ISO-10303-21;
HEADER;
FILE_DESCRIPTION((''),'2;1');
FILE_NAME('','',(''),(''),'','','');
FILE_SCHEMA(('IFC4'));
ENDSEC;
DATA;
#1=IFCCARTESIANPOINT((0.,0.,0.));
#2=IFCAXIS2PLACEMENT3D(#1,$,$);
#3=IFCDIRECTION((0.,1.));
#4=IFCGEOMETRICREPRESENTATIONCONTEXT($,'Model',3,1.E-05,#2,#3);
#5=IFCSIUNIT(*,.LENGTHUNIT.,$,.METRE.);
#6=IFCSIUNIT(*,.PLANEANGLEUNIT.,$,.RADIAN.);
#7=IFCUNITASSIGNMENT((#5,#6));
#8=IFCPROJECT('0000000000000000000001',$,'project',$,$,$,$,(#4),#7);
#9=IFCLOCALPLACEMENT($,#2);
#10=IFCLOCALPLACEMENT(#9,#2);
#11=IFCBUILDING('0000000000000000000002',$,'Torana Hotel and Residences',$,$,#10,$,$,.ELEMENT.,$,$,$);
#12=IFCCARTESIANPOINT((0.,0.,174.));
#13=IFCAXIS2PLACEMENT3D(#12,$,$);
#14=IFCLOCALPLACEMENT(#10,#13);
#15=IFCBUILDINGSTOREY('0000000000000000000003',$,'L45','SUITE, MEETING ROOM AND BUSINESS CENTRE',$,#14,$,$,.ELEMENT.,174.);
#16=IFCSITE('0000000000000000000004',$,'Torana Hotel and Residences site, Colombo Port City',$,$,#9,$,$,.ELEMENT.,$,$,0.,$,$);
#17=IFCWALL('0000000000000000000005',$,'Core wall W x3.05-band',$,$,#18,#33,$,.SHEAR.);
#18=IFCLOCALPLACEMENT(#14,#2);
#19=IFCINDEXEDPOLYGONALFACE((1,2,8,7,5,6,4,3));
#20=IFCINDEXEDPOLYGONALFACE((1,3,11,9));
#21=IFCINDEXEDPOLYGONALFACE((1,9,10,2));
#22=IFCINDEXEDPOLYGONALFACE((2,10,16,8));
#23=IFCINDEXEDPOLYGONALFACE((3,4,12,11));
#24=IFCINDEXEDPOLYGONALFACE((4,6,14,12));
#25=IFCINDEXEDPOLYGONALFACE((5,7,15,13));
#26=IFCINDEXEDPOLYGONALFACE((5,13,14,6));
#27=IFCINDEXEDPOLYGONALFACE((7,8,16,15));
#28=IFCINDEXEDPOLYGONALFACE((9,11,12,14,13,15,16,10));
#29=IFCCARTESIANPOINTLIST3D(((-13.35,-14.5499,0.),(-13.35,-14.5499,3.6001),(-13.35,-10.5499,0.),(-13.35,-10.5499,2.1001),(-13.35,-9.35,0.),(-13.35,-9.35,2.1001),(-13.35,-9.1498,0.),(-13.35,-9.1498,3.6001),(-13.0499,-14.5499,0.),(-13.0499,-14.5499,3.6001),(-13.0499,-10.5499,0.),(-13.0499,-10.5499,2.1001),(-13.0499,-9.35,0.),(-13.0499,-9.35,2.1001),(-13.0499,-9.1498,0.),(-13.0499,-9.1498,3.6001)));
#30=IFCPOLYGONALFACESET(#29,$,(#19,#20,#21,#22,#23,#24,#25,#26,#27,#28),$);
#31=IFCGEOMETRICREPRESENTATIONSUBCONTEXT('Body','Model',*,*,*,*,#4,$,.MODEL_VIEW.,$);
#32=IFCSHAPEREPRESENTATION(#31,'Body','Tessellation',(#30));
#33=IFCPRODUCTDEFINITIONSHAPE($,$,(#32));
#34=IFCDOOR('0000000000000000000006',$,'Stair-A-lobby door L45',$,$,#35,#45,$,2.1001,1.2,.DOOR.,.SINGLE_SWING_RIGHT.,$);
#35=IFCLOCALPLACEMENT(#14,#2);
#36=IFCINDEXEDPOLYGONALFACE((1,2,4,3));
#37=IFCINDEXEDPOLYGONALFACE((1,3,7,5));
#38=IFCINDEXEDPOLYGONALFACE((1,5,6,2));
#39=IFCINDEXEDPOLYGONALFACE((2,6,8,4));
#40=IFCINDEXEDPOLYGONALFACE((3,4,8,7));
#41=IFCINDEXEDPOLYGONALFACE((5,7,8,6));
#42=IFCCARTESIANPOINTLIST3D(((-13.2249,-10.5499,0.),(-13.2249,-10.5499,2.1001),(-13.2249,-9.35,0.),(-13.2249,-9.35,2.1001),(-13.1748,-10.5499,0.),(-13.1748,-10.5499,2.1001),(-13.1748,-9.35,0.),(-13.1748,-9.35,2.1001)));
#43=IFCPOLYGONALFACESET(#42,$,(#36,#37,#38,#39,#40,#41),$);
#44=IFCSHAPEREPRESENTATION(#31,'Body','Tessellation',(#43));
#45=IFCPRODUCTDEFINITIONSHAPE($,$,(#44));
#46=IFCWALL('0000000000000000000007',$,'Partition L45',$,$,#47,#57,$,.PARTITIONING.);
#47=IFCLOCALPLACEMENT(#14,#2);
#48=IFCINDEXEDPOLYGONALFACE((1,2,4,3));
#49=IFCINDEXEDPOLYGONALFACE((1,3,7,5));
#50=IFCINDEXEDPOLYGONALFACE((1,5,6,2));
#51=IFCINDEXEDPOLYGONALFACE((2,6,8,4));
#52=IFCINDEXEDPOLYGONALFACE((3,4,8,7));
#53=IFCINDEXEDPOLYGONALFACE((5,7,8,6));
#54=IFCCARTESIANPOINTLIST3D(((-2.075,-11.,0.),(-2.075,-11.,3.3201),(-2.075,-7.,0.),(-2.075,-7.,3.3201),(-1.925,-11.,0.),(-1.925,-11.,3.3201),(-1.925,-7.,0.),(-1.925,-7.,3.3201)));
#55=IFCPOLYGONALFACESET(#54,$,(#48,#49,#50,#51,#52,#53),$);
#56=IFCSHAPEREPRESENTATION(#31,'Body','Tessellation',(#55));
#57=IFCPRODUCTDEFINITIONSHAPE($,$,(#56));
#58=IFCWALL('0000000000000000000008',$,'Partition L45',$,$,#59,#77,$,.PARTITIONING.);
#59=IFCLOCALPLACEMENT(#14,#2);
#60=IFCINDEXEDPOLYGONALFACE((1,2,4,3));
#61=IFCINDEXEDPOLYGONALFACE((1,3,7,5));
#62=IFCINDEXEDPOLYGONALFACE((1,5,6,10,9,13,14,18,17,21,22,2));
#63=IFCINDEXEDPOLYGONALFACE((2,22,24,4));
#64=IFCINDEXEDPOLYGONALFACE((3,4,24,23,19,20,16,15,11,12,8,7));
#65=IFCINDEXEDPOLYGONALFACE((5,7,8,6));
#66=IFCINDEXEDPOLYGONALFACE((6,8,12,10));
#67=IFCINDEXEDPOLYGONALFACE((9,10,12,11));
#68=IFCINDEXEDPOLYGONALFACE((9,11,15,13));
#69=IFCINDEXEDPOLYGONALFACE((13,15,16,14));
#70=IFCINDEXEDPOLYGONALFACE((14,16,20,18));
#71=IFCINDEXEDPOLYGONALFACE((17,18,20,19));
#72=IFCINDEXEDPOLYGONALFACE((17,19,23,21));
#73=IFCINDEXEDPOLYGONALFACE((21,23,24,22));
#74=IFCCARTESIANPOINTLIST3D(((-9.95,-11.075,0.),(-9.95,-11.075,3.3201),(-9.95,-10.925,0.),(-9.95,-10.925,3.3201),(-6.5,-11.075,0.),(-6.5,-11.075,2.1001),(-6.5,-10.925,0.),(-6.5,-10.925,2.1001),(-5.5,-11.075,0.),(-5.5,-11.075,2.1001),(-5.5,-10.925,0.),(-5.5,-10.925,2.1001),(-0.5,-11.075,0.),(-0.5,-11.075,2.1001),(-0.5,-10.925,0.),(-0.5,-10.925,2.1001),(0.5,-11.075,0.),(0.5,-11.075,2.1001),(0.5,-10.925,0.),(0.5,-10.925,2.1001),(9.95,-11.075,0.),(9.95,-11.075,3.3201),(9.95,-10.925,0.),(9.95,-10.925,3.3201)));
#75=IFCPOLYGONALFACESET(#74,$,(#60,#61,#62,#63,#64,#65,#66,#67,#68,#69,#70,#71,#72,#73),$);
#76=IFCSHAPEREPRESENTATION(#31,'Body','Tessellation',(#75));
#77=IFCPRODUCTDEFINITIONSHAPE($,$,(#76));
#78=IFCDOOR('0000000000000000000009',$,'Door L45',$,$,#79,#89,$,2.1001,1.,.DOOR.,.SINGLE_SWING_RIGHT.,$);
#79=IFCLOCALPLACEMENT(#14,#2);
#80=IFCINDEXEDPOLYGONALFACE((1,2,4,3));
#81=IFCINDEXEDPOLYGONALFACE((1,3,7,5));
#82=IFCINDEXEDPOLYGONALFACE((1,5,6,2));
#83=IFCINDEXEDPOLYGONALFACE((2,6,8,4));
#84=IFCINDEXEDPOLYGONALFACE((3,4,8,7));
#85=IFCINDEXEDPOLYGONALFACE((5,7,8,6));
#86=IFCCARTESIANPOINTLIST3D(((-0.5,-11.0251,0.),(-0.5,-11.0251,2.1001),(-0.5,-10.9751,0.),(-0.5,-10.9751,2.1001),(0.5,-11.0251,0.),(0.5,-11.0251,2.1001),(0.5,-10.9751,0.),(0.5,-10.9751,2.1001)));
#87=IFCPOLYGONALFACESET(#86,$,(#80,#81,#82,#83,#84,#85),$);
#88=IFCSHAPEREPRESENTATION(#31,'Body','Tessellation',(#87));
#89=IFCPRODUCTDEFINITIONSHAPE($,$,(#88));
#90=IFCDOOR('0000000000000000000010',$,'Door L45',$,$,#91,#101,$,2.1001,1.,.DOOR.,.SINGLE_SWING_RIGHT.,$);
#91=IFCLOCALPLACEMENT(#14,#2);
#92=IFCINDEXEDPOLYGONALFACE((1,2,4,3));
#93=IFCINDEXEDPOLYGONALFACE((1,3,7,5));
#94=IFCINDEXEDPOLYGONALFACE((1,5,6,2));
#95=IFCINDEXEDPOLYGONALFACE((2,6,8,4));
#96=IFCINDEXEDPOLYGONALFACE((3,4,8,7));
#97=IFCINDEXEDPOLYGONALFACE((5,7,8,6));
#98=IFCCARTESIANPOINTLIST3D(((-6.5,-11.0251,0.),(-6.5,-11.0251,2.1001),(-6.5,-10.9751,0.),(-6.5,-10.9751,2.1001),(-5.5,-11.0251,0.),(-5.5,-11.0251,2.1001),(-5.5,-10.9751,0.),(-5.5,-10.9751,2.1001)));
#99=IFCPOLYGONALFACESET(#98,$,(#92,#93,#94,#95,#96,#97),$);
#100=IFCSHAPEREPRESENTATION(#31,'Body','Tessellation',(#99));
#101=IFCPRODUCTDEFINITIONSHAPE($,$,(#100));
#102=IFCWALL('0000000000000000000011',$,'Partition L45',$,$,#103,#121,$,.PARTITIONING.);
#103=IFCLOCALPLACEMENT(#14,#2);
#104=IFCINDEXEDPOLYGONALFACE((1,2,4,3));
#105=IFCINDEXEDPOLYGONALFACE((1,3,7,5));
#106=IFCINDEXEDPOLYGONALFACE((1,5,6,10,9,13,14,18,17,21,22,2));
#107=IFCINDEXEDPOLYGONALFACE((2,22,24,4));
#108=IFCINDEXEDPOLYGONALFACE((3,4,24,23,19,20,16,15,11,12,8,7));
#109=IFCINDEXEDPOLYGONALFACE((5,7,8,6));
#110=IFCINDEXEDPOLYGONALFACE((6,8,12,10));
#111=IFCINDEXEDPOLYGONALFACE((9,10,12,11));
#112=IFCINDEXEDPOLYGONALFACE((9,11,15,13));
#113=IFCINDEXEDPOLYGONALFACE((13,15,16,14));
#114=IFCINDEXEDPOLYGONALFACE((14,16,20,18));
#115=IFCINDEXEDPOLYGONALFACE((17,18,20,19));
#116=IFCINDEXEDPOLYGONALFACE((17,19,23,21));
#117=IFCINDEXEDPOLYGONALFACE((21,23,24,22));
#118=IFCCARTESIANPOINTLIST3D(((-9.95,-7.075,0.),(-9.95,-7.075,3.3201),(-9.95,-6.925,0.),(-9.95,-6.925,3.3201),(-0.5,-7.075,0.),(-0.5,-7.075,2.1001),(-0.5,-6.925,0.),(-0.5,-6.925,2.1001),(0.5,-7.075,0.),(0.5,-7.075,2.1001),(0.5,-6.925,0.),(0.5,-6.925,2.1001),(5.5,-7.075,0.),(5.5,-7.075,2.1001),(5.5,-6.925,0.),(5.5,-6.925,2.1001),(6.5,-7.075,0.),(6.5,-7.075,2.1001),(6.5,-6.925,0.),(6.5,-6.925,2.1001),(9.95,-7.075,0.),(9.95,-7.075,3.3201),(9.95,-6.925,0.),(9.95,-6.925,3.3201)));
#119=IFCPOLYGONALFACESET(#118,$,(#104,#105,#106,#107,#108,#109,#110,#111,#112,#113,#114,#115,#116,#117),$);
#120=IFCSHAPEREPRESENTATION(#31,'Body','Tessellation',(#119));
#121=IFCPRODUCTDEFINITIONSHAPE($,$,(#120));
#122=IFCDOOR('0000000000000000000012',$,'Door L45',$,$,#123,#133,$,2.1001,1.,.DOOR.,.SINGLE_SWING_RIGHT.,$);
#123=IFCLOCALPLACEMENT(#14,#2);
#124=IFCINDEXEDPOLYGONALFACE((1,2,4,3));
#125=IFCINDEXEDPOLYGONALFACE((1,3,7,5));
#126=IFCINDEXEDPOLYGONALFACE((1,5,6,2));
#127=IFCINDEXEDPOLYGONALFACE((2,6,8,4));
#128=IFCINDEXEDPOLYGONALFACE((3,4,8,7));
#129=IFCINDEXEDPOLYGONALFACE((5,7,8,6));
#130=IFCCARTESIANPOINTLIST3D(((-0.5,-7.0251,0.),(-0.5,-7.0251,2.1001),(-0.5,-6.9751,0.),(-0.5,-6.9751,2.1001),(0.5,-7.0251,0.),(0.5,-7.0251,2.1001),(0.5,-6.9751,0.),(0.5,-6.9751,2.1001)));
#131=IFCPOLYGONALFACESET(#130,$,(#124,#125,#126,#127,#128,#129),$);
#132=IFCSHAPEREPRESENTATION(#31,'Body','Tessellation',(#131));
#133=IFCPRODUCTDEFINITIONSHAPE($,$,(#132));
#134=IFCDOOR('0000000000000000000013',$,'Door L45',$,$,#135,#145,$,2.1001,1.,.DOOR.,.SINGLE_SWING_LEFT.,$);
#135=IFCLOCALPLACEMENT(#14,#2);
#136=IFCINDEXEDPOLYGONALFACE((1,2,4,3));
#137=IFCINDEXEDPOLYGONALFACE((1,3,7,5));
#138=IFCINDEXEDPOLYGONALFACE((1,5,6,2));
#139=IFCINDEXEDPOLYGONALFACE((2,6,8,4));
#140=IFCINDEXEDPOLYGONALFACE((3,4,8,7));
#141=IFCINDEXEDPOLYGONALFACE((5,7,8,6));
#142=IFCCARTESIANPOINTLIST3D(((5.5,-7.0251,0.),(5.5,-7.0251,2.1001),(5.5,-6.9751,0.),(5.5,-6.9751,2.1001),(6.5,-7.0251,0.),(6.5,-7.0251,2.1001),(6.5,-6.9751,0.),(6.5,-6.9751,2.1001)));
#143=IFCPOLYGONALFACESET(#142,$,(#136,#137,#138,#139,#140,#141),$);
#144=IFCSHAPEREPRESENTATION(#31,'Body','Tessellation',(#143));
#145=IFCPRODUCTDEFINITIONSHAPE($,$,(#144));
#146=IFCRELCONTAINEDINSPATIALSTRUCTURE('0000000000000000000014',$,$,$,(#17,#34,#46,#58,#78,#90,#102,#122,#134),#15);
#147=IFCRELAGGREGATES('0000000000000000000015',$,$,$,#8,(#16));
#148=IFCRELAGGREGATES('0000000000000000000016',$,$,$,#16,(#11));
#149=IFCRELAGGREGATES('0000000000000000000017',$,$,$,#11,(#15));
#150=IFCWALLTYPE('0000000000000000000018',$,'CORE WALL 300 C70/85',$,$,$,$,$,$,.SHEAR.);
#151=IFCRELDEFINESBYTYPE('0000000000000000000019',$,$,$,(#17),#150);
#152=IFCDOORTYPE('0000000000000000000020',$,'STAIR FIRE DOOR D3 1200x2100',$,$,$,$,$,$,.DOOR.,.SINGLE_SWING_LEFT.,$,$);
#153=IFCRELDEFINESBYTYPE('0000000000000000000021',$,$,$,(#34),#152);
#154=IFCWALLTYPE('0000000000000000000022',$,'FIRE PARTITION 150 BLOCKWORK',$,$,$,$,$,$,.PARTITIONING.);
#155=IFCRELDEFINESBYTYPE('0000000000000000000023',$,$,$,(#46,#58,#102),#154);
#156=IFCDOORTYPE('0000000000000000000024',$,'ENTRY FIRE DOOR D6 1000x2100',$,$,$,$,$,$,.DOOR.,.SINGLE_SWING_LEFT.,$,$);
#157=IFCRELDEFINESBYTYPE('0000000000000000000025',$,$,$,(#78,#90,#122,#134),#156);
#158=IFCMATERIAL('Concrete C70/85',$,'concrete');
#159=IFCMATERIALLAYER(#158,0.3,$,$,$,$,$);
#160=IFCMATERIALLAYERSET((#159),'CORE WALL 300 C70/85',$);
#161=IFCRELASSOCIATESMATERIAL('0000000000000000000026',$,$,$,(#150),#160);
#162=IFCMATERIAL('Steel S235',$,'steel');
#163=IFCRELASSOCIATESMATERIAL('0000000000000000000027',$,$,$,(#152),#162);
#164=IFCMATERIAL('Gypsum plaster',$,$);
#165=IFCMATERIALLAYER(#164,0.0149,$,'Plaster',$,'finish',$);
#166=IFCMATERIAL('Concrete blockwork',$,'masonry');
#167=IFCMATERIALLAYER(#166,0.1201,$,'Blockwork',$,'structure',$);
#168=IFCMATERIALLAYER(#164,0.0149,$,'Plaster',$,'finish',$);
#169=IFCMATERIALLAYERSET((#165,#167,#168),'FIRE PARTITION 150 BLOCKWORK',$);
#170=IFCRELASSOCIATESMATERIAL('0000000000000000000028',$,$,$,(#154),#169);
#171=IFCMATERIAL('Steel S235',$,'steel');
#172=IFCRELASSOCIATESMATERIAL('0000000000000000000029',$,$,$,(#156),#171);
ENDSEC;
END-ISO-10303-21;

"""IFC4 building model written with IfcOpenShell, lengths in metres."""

from ifc_helpers import new_model, si_unit, direction, frame, frame_2d, origin, place, context, subcontext, project, spatial, rectangle, extrude, material, layer, layer_set, type_object, element, fill, save


model = new_model("IFC4")

# Units and contexts
model_context = context("Model", 3, precision=1e-05, world=origin(), true_north=direction((0.0, 1.0)))
body_context = subcontext(model_context, "Body", "Model", "MODEL_VIEW")
ifc_project = project(units=[si_unit("LENGTHUNIT", "METRE"), si_unit("PLANEANGLEUNIT", "RADIAN")], contexts=[model_context])

# Site, building, storey
site_placement = place(None, origin())
site = spatial("IfcSite", under=ifc_project, at=site_placement, Name="Torana Hotel and Residences site, Colombo Port City", CompositionType="ELEMENT", RefElevation=0.0)
building_placement = place(site_placement, origin())
building = spatial("IfcBuilding", under=site, at=building_placement, Name="Torana Hotel and Residences", CompositionType="ELEMENT")
storey_placement = place(building_placement, frame((0.0, 0.0, 174.0)))
storey = spatial("IfcBuildingStorey", under=building, at=storey_placement, Name="L45", Description="SUITE, MEETING ROOM AND BUSINESS CENTRE", CompositionType="ELEMENT", Elevation=174.0)

# Shared definitions
ifc_material_1 = material(Name="Concrete C70/85", Category="concrete")
ifc_layer_1 = layer(ifc_material_1, 0.3)
ifc_layer_set_1 = layer_set([ifc_layer_1], Name="CORE WALL 300 C70/85")
wall_type_1 = type_object("IfcWallType", Name="CORE WALL 300 C70/85", PredefinedType="SHEAR", material=ifc_layer_set_1)

# Wall, opening, door
wall_1_placement = place(storey_placement, frame((-13.2, -14.55, 0.0), z_axis=(0.0, 0.0, 1.0), x_axis=(0.0, 1.0, 0.0)))
wall_1 = element("IfcWall", 1, at=wall_1_placement, inside=storey, type_object=wall_type_1, Name="Core wall W x3.05-band", PredefinedType="SHEAR", context=body_context, shape_type="SweptSolid", body=[
    extrude(rectangle(XDim=5.4001, YDim=0.3, at=frame_2d((2.7002, 0.0))), origin(), (0.0, 0.0, 1.0), 3.6001),
])
opening_1_placement = place(wall_1_placement, frame((4.0, 0.0, 0.0)))
opening_1 = element("IfcOpeningElement", 2, at=opening_1_placement, cuts=wall_1, PredefinedType="OPENING", context=body_context, shape_type="SweptSolid", body=[
    extrude(rectangle(XDim=1.2, YDim=2.1001, at=frame_2d((0.6001, 1.05))), frame((0.0, 0.1599, 0.0), z_axis=(0.0, -1.0, 0.0), x_axis=(1.0, 0.0, 0.0)), (0.0, 0.0, 1.0), 0.3201),
])
ifc_material_2 = material(Name="Steel S235", Category="steel")
door_type_1 = type_object("IfcDoorType", Name="STAIR FIRE DOOR D3 1200x2100", OperationType="SINGLE_SWING_LEFT", PredefinedType="DOOR", material=ifc_material_2)
door_1_placement = place(opening_1_placement, frame((0.6001, 0.0, 0.0), z_axis=(0.0, 0.0, 1.0), x_axis=(-1.0, 0.0, 0.0)))
door_1 = element("IfcDoor", 3, at=door_1_placement, inside=storey, type_object=door_type_1, Name="Stair-A-lobby door L45", OperationType="SINGLE_SWING_RIGHT", OverallHeight=2.1001, OverallWidth=1.2, PredefinedType="DOOR", context=body_context, shape_type="SweptSolid", body=[
    extrude(rectangle(XDim=1.2, YDim=2.1001, at=frame_2d((0.0, 1.05))), frame((0.0, -0.0249, 0.0), z_axis=(0.0, 1.0, 0.0), x_axis=(-1.0, 0.0, 0.0)), (0.0, 0.0, 1.0), 0.05),
])
fill(opening_1, door_1)

# Wall
ifc_material_3 = material(Name="Gypsum plaster")
ifc_layer_2 = layer(ifc_material_3, 0.0149, Name="Plaster", Category="finish")
ifc_material_4 = material(Name="Concrete blockwork", Category="masonry")
ifc_layer_3 = layer(ifc_material_4, 0.1201, Name="Blockwork", Category="structure")
ifc_layer_4 = layer(ifc_material_3, 0.0149, Name="Plaster", Category="finish")
ifc_layer_set_2 = layer_set([ifc_layer_2, ifc_layer_3, ifc_layer_4], Name="FIRE PARTITION 150 BLOCKWORK")
wall_type_2 = type_object("IfcWallType", Name="FIRE PARTITION 150 BLOCKWORK", PredefinedType="PARTITIONING", material=ifc_layer_set_2)
wall_2_placement = place(storey_placement, frame((-2.0, -11.0, 0.0), z_axis=(0.0, 0.0, 1.0), x_axis=(0.0, 1.0, 0.0)))
element("IfcWall", 4, at=wall_2_placement, inside=storey, type_object=wall_type_2, Name="Partition L45", PredefinedType="PARTITIONING", context=body_context, shape_type="SweptSolid", body=[
    extrude(rectangle(XDim=4.0, YDim=0.1499, at=frame_2d((2.0, 0.0))), origin(), (0.0, 0.0, 1.0), 3.3201),
])

# Walls, openings, doors
wall_3_placement = place(storey_placement, frame((-9.95, -11.0, 0.0), z_axis=(0.0, 0.0, 1.0), x_axis=(1.0, 0.0, 0.0)))
wall_3 = element("IfcWall", 5, at=wall_3_placement, inside=storey, type_object=wall_type_2, Name="Partition L45", PredefinedType="PARTITIONING", context=body_context, shape_type="SweptSolid", body=[
    extrude(rectangle(XDim=19.8999, YDim=0.1499, at=frame_2d((9.95, 0.0))), origin(), (0.0, 0.0, 1.0), 3.3201),
])
opening_2_placement = place(wall_3_placement, frame((9.45, 0.0, 0.0)))
opening_2 = element("IfcOpeningElement", 6, at=opening_2_placement, cuts=wall_3, PredefinedType="OPENING", context=body_context, shape_type="SweptSolid", body=[
    extrude(rectangle(XDim=1.0, YDim=2.1001, at=frame_2d((0.5, 1.05))), frame((0.0, 0.085, 0.0), z_axis=(0.0, -1.0, 0.0), x_axis=(1.0, 0.0, 0.0)), (0.0, 0.0, 1.0), 0.1699),
])
opening_3_placement = place(wall_3_placement, frame((3.45, 0.0, 0.0)))
opening_3 = element("IfcOpeningElement", 7, at=opening_3_placement, cuts=wall_3, PredefinedType="OPENING", context=body_context, shape_type="SweptSolid", body=[
    extrude(rectangle(XDim=1.0, YDim=2.1001, at=frame_2d((0.5, 1.05))), frame((0.0, 0.085, 0.0), z_axis=(0.0, -1.0, 0.0), x_axis=(1.0, 0.0, 0.0)), (0.0, 0.0, 1.0), 0.1699),
])
ifc_material_5 = material(Name="Steel S235", Category="steel")
door_type_2 = type_object("IfcDoorType", Name="ENTRY FIRE DOOR D6 1000x2100", OperationType="SINGLE_SWING_LEFT", PredefinedType="DOOR", material=ifc_material_5)
door_2_placement = place(opening_2_placement, origin())
door_2 = element("IfcDoor", 8, at=door_2_placement, inside=storey, type_object=door_type_2, Name="Door L45", OperationType="SINGLE_SWING_RIGHT", OverallHeight=2.1001, OverallWidth=1.0, PredefinedType="DOOR", context=body_context, shape_type="SweptSolid", body=[
    extrude(rectangle(XDim=1.0, YDim=2.1001, at=frame_2d((0.5, 1.05))), frame((0.0, 0.0249, 0.0), z_axis=(0.0, -1.0, 0.0), x_axis=(1.0, 0.0, 0.0)), (0.0, 0.0, 1.0), 0.05),
])
fill(opening_2, door_2)
door_3_placement = place(opening_3_placement, origin())
door_3 = element("IfcDoor", 9, at=door_3_placement, inside=storey, type_object=door_type_2, Name="Door L45", OperationType="SINGLE_SWING_RIGHT", OverallHeight=2.1001, OverallWidth=1.0, PredefinedType="DOOR", context=body_context, shape_type="SweptSolid", body=[
    extrude(rectangle(XDim=1.0, YDim=2.1001, at=frame_2d((0.5, 1.05))), frame((0.0, 0.0249, 0.0), z_axis=(0.0, -1.0, 0.0), x_axis=(1.0, 0.0, 0.0)), (0.0, 0.0, 1.0), 0.05),
])
fill(opening_3, door_3)
wall_4_placement = place(storey_placement, frame((-9.95, -7.0, 0.0), z_axis=(0.0, 0.0, 1.0), x_axis=(1.0, 0.0, 0.0)))
wall_4 = element("IfcWall", 10, at=wall_4_placement, inside=storey, type_object=wall_type_2, Name="Partition L45", PredefinedType="PARTITIONING", context=body_context, shape_type="SweptSolid", body=[
    extrude(rectangle(XDim=19.8999, YDim=0.1499, at=frame_2d((9.95, 0.0))), origin(), (0.0, 0.0, 1.0), 3.3201),
])
opening_4_placement = place(wall_4_placement, frame((9.45, 0.0, 0.0)))
opening_4 = element("IfcOpeningElement", 11, at=opening_4_placement, cuts=wall_4, PredefinedType="OPENING", context=body_context, shape_type="SweptSolid", body=[
    extrude(rectangle(XDim=1.0, YDim=2.1001, at=frame_2d((0.5, 1.05))), frame((0.0, 0.085, 0.0), z_axis=(0.0, -1.0, 0.0), x_axis=(1.0, 0.0, 0.0)), (0.0, 0.0, 1.0), 0.1699),
])
opening_5_placement = place(wall_4_placement, frame((15.45, 0.0, 0.0)))
opening_5 = element("IfcOpeningElement", 12, at=opening_5_placement, cuts=wall_4, PredefinedType="OPENING", context=body_context, shape_type="SweptSolid", body=[
    extrude(rectangle(XDim=1.0, YDim=2.1001, at=frame_2d((0.5, 1.05))), frame((0.0, 0.085, 0.0), z_axis=(0.0, -1.0, 0.0), x_axis=(1.0, 0.0, 0.0)), (0.0, 0.0, 1.0), 0.1699),
])
door_4_placement = place(opening_4_placement, origin())
door_4 = element("IfcDoor", 13, at=door_4_placement, inside=storey, type_object=door_type_2, Name="Door L45", OperationType="SINGLE_SWING_RIGHT", OverallHeight=2.1001, OverallWidth=1.0, PredefinedType="DOOR", context=body_context, shape_type="SweptSolid", body=[
    extrude(rectangle(XDim=1.0, YDim=2.1001, at=frame_2d((0.5, 1.05))), frame((0.0, 0.0249, 0.0), z_axis=(0.0, -1.0, 0.0), x_axis=(1.0, 0.0, 0.0)), (0.0, 0.0, 1.0), 0.05),
])
fill(opening_4, door_4)
door_5_placement = place(opening_5_placement, frame((0.5, 0.0, 0.0), z_axis=(0.0, 0.0, 1.0), x_axis=(-1.0, 0.0, 0.0)))
door_5 = element("IfcDoor", 14, at=door_5_placement, inside=storey, type_object=door_type_2, Name="Door L45", OperationType="SINGLE_SWING_LEFT", OverallHeight=2.1001, OverallWidth=1.0, PredefinedType="DOOR", context=body_context, shape_type="SweptSolid", body=[
    extrude(rectangle(XDim=1.0, YDim=2.1001, at=frame_2d((0.0, 1.05))), frame((0.0, -0.0249, 0.0), z_axis=(0.0, 1.0, 0.0), x_axis=(-1.0, 0.0, 0.0)), (0.0, 0.0, 1.0), 0.05),
])
fill(opening_5, door_5)

save(model, "model.ifc")
